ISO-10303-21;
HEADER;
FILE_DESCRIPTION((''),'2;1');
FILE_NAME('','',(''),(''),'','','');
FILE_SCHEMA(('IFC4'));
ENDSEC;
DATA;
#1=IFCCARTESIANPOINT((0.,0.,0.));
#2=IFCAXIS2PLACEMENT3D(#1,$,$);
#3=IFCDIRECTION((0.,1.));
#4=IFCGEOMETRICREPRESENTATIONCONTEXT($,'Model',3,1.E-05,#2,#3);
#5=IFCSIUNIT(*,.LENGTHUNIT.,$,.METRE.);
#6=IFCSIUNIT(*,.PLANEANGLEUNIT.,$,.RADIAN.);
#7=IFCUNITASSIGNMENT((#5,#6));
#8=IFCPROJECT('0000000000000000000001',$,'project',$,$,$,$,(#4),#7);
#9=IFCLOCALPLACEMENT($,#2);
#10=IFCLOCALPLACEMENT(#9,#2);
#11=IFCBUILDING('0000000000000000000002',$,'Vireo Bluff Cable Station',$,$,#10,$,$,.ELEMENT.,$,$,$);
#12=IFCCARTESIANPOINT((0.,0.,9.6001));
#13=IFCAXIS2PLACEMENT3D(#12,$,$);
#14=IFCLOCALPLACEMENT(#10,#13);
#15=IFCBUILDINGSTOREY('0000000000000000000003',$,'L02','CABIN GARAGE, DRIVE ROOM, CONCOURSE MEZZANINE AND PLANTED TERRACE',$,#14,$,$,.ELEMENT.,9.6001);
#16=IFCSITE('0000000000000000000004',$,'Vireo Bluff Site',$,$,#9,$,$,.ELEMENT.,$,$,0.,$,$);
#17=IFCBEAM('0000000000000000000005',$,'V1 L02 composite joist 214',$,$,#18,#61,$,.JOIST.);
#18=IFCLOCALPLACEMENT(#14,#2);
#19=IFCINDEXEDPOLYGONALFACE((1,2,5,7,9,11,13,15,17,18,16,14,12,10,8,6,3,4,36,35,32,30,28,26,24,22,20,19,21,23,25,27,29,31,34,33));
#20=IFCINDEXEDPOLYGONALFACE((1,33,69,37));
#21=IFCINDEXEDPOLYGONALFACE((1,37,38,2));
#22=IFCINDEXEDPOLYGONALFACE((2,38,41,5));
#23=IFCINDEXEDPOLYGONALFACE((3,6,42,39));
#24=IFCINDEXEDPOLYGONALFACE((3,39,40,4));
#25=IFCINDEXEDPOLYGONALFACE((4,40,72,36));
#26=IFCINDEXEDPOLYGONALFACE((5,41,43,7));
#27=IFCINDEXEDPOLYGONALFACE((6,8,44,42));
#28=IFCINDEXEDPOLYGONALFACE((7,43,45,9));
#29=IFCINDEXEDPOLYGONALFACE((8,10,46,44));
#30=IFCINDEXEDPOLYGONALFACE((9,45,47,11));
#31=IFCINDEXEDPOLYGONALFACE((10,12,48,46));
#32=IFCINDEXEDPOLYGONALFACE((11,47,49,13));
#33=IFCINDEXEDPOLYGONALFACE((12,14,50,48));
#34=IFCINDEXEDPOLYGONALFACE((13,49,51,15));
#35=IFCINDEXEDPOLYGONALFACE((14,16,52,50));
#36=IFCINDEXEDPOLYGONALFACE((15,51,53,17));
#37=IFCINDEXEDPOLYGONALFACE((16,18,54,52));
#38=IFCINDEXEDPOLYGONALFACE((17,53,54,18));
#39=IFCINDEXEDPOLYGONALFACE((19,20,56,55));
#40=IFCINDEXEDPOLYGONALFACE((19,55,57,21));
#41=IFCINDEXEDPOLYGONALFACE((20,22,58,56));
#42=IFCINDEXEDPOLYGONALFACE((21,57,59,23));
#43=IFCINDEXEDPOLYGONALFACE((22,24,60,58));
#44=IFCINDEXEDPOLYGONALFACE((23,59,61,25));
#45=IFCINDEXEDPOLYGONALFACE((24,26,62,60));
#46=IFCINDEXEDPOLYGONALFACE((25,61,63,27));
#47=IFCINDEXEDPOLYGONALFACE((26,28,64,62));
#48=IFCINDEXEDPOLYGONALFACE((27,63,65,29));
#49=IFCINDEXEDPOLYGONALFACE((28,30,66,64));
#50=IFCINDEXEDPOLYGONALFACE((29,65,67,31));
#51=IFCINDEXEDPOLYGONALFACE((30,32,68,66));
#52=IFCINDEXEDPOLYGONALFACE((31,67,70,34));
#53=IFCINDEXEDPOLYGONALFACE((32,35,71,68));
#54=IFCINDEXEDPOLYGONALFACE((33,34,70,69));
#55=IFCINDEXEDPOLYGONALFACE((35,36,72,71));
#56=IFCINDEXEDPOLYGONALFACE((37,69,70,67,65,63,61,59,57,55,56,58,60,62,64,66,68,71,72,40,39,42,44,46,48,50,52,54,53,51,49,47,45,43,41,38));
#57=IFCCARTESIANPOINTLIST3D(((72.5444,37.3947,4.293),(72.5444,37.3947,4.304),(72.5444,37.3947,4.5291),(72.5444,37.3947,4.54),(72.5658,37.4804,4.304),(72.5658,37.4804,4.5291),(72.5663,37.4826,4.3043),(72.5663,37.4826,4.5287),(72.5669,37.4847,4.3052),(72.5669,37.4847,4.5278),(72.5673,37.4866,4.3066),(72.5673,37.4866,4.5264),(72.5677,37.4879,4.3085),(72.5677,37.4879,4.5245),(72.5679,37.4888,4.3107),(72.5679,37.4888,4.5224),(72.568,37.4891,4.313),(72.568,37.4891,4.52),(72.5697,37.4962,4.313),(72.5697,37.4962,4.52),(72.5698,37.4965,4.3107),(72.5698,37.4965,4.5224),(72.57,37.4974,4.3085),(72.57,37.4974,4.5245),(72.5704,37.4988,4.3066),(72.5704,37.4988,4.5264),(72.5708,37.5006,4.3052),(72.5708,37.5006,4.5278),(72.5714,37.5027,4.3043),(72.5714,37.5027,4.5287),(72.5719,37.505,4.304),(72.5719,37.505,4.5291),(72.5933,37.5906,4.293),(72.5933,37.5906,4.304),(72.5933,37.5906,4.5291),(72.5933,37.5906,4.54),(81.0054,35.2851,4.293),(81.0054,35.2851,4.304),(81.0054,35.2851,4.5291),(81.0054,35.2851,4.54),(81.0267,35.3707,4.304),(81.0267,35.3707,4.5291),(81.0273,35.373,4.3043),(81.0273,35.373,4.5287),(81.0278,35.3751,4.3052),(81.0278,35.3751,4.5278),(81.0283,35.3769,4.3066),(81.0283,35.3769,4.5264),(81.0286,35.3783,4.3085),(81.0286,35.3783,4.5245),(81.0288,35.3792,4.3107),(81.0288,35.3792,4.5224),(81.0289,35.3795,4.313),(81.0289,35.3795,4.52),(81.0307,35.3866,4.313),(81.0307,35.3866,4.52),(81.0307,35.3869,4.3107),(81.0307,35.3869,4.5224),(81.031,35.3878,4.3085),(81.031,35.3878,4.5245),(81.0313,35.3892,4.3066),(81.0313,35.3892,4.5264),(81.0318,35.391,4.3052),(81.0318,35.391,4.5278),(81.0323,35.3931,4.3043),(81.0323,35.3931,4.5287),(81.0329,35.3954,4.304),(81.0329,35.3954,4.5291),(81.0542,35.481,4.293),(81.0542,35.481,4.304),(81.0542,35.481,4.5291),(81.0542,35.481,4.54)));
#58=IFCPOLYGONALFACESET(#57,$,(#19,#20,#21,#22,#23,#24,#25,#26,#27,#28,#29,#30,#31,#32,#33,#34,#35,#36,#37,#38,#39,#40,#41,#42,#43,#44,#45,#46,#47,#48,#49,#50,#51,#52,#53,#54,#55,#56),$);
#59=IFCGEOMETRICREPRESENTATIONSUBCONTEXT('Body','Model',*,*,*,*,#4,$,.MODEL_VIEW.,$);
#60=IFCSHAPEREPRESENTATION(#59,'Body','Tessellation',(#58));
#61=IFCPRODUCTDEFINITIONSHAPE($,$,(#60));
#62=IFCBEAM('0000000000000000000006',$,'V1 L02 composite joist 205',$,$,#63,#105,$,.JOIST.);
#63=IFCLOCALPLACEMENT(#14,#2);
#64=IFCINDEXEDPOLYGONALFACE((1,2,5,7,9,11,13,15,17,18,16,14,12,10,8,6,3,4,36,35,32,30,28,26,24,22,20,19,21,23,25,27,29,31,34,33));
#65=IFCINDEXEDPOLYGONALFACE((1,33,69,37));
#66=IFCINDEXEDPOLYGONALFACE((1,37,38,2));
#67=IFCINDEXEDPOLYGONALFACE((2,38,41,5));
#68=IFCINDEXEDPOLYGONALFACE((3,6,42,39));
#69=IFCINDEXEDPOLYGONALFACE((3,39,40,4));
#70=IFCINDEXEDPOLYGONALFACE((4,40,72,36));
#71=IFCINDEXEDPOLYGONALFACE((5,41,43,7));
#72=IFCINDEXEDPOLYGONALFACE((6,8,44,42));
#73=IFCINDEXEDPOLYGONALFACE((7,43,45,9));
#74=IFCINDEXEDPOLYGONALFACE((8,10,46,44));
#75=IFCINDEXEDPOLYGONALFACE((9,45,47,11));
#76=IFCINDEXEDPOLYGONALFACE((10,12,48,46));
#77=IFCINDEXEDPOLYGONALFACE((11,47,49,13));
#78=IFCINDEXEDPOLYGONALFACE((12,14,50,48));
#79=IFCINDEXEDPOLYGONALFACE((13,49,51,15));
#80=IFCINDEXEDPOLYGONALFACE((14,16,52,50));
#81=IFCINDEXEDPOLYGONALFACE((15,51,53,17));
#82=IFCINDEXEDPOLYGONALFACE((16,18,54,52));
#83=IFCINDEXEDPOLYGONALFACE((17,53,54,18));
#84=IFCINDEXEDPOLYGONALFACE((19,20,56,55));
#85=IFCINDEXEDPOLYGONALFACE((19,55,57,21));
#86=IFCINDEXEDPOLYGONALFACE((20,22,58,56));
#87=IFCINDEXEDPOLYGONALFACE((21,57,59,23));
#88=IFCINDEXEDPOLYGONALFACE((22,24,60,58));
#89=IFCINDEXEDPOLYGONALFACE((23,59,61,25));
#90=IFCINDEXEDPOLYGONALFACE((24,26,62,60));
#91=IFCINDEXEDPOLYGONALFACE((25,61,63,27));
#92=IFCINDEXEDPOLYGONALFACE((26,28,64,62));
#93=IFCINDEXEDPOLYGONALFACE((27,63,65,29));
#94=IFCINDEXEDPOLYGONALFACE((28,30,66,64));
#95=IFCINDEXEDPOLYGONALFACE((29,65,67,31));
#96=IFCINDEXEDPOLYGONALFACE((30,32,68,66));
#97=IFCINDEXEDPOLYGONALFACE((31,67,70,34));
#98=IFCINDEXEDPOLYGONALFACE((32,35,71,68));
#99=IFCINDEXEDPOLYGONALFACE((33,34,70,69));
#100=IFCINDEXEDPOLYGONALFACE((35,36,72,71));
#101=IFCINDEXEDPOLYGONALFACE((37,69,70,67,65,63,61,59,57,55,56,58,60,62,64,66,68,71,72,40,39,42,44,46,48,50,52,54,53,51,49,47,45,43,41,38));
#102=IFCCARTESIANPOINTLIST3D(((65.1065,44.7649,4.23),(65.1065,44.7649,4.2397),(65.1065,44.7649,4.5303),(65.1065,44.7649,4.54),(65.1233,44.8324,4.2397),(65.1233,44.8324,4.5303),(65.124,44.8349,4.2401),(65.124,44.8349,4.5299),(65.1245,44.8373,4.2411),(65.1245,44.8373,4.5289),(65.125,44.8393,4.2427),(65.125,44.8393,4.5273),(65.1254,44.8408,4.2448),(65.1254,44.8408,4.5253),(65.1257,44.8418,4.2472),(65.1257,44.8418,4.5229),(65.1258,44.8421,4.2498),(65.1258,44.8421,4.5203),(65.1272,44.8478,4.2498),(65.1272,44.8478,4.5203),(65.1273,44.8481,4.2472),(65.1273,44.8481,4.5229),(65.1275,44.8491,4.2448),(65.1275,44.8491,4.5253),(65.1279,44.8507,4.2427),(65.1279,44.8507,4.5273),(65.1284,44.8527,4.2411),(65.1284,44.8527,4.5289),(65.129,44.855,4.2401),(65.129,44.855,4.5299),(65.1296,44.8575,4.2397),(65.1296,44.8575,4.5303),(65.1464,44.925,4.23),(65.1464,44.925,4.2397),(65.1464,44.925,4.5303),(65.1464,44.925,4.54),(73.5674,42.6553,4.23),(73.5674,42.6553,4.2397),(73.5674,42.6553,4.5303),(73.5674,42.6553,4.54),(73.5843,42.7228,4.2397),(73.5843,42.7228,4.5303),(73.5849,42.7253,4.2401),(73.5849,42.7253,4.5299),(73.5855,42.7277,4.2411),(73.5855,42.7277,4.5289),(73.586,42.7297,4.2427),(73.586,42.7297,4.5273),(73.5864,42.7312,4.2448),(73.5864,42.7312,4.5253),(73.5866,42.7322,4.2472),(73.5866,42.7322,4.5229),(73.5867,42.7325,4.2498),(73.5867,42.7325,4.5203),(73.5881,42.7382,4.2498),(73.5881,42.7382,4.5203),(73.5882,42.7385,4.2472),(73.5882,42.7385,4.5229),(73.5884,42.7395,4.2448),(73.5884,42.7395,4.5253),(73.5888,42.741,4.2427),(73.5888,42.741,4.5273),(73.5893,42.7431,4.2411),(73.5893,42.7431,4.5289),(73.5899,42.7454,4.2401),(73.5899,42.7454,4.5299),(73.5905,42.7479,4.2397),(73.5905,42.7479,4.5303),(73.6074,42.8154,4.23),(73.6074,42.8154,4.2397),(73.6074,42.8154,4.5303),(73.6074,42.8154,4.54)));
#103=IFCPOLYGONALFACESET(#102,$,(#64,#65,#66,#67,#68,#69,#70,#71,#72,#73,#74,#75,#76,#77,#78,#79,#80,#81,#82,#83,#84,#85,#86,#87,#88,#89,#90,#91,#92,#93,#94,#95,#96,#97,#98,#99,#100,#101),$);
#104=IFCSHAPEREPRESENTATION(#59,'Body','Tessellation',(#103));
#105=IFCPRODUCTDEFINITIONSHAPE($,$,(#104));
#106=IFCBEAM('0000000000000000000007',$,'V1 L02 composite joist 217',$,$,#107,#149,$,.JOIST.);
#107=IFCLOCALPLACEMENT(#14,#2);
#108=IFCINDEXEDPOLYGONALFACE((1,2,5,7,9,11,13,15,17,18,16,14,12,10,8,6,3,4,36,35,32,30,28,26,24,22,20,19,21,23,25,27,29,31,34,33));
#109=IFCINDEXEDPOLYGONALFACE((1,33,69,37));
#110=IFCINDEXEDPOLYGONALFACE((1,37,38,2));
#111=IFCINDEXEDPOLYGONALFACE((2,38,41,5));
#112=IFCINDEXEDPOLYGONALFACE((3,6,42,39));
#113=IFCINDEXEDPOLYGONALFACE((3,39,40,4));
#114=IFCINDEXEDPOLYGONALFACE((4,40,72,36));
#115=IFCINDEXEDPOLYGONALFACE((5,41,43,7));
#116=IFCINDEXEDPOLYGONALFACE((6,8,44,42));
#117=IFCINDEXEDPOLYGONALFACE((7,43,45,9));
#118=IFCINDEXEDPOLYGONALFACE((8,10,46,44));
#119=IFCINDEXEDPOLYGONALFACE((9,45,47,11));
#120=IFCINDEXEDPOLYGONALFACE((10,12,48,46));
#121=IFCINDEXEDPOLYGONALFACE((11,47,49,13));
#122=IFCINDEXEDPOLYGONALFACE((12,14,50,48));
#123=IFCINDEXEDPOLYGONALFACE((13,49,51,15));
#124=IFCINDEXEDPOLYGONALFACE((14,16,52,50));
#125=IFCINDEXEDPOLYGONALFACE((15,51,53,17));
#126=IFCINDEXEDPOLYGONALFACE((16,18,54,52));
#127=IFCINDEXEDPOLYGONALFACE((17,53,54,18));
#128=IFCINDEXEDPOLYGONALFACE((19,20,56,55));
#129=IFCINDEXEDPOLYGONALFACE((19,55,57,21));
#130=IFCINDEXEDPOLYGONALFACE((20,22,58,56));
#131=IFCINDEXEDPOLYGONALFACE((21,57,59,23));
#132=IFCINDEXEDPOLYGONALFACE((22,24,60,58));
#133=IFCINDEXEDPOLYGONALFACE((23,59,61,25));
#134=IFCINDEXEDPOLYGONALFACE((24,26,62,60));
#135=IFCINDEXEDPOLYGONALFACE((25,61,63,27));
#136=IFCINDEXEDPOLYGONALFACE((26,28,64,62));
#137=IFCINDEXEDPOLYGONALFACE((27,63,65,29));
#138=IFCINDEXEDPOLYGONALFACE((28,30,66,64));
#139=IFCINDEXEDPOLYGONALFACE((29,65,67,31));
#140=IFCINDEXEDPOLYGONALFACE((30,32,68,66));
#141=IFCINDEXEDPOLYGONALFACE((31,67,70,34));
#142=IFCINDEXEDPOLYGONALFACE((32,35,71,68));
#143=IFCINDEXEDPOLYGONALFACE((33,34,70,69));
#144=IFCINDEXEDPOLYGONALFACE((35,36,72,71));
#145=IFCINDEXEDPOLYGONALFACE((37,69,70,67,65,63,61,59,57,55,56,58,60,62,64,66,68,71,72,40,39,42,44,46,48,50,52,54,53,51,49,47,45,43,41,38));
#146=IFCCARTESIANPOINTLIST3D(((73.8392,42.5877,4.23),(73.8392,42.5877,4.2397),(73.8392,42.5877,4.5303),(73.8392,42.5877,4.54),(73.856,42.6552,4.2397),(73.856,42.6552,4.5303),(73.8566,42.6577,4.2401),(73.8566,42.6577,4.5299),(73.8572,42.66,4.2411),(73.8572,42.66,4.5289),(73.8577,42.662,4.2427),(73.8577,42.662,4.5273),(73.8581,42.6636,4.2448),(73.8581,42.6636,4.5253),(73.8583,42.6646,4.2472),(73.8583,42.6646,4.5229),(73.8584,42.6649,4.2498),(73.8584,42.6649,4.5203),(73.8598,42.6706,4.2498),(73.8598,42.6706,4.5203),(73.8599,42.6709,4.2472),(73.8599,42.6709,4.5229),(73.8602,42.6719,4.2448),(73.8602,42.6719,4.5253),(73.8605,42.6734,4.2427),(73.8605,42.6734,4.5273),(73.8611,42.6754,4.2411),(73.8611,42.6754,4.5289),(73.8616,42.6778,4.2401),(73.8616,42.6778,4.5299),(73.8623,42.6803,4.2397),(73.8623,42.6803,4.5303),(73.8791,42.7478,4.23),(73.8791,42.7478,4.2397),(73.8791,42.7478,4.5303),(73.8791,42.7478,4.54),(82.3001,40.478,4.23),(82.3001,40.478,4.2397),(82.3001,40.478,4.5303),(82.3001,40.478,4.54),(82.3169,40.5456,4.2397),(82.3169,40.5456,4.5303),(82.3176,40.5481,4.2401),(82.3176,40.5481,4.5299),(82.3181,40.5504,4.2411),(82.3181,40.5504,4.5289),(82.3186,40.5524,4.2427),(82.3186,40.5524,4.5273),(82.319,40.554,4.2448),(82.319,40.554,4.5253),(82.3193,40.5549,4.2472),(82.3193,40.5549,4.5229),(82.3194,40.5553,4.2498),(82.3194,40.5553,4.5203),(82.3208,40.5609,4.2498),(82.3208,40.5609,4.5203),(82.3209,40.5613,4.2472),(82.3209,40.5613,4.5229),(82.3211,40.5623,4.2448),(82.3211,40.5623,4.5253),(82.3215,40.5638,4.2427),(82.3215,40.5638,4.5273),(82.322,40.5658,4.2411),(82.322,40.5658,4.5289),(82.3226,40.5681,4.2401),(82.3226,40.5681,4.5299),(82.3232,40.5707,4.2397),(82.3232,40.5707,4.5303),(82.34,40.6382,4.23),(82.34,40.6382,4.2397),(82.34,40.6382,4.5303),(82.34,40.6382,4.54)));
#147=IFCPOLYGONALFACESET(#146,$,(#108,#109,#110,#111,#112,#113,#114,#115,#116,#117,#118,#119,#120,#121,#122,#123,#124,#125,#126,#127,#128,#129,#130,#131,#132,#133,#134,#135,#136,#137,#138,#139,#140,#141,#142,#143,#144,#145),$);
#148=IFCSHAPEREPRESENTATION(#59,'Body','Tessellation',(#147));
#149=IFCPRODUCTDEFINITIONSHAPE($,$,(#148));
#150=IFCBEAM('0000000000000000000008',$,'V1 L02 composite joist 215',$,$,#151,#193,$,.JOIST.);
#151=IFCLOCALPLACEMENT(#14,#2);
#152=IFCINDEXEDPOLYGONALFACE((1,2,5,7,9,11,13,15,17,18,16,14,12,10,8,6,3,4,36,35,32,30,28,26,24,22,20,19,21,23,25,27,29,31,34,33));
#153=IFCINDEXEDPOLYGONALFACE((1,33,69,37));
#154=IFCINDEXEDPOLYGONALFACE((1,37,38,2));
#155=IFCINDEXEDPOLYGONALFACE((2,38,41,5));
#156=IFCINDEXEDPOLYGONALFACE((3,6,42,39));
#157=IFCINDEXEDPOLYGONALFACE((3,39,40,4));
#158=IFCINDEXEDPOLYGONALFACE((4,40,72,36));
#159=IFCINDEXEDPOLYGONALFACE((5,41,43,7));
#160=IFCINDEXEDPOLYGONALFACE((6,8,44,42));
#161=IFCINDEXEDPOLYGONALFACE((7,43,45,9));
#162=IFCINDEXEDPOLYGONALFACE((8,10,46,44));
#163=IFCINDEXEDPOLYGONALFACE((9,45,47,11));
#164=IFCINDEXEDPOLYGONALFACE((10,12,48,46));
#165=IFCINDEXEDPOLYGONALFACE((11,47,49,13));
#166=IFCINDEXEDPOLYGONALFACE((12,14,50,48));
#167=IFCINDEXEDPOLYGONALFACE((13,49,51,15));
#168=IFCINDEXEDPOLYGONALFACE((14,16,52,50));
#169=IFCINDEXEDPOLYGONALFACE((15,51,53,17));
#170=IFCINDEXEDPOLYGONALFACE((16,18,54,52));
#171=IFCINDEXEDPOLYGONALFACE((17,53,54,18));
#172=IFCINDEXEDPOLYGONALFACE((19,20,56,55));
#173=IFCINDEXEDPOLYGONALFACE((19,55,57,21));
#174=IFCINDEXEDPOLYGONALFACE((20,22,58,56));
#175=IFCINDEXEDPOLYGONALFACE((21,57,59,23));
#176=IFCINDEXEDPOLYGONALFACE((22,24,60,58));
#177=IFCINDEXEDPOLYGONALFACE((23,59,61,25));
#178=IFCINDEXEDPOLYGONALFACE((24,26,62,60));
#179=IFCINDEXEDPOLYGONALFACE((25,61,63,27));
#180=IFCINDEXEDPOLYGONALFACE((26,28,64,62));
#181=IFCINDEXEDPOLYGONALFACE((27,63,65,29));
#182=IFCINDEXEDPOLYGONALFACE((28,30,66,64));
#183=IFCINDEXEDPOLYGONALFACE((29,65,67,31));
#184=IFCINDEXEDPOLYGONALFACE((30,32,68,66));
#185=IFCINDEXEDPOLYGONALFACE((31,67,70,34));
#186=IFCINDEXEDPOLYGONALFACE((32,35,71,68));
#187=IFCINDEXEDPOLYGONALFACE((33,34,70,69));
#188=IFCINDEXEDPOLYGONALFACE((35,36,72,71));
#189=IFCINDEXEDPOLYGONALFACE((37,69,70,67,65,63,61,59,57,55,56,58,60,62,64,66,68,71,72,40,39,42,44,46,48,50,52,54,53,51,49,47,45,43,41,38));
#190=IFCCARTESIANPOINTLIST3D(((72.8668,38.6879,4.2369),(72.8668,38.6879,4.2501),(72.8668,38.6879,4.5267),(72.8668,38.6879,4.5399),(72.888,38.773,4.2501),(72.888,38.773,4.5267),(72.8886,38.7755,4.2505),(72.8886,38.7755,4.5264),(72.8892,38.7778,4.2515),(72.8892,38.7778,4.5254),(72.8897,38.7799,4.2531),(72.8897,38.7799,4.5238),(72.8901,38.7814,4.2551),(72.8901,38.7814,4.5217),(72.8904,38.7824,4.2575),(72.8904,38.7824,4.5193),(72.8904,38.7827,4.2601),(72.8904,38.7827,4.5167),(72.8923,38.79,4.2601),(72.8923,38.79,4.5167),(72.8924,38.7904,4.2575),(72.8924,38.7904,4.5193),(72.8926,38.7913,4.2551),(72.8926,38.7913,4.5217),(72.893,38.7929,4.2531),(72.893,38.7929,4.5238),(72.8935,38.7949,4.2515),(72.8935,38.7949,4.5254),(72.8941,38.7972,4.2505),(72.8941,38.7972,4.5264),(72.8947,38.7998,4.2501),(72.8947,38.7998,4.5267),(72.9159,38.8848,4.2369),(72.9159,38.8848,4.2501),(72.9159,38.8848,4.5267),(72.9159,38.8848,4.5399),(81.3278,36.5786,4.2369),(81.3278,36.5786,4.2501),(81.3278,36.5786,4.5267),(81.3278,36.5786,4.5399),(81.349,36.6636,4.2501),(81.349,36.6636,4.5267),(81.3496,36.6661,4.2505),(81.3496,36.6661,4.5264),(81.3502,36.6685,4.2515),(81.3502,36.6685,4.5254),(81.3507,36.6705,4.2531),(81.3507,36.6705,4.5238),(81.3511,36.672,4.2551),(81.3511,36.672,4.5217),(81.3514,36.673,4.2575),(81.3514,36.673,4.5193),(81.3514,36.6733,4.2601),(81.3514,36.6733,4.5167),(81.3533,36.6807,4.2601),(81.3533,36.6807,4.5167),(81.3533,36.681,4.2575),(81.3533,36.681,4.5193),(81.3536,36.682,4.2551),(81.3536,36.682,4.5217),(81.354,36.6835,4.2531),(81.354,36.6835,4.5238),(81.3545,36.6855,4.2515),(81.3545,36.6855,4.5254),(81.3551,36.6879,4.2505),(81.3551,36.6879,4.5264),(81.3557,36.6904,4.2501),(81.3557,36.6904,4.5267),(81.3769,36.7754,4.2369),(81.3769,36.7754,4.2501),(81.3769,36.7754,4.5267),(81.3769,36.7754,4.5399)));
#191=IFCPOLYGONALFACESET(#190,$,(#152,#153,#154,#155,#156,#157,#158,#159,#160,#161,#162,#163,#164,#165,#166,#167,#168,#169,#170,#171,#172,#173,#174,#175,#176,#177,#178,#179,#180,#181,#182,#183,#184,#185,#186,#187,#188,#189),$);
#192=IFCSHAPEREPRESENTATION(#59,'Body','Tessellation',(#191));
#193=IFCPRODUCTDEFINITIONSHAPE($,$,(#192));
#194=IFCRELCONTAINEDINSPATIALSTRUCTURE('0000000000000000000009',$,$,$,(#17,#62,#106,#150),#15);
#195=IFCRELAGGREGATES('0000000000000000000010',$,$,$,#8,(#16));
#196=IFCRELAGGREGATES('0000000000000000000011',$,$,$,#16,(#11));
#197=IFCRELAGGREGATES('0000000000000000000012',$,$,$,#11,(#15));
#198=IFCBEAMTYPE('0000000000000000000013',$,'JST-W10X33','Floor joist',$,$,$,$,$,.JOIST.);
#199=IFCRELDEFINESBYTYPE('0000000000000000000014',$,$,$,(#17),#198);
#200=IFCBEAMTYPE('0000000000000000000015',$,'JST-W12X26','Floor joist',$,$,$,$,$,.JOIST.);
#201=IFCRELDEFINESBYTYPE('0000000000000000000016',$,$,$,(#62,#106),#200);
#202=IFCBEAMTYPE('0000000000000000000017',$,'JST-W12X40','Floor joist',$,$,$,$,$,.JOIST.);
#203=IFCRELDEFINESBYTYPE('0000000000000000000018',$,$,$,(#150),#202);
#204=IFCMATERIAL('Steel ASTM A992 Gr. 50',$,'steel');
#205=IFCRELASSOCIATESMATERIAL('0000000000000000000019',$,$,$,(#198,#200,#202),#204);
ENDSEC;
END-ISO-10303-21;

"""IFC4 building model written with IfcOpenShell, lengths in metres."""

from ifc_helpers import new_model, si_unit, direction, frame, origin, origin_2d, place, context, subcontext, project, spatial, i_section, extrude, material, material_profile, profile_set, type_object, element, save


model = new_model("IFC4")

# Units and contexts
model_context = context("Model", 3, precision=1e-05, world=origin(), true_north=direction((0.0, 1.0)))
body_context = subcontext(model_context, "Body", "Model", "MODEL_VIEW")
ifc_project = project(units=[si_unit("LENGTHUNIT", "METRE"), si_unit("PLANEANGLEUNIT", "RADIAN")], contexts=[model_context])

# Site, building, storey
site_placement = place(None, origin())
site = spatial("IfcSite", under=ifc_project, at=site_placement, Name="Vireo Bluff Site", CompositionType="ELEMENT", RefElevation=0.0)
building_placement = place(site_placement, origin())
building = spatial("IfcBuilding", under=site, at=building_placement, Name="Vireo Bluff Cable Station", CompositionType="ELEMENT")
storey_placement = place(building_placement, frame((0.0, 0.0, 9.6001)))
storey = spatial("IfcBuildingStorey", under=building, at=storey_placement, Name="L02", Description="CABIN GARAGE, DRIVE ROOM, CONCOURSE MEZZANINE AND PLANTED TERRACE", CompositionType="ELEMENT", Elevation=9.6001)

# Shared definitions
ifc_material_1 = material(Name="Steel ASTM A992 Gr. 50", Category="steel")

# Beams
ifc_material_profile_1 = material_profile(ifc_material_1, i_section(OverallWidth=0.2019, OverallDepth=0.2471, WebThickness=0.0073, FlangeThickness=0.011, FilletRadius=0.009, at=origin_2d()), Name="W10X33")
ifc_profile_set_1 = profile_set([ifc_material_profile_1], Name="Steel ASTM A992 Gr. 50")
beam_type_1 = type_object("IfcBeamType", Name="JST-W10X33", Description="Floor joist", PredefinedType="JOIST", material=ifc_profile_set_1)
beam_1_placement = place(storey_placement, frame((72.5688, 37.4927, 4.4165), z_axis=(0.970294, -0.24193, 0.0), x_axis=(0.24193, 0.970294, 0.0)))
element("IfcBeam", 1, at=beam_1_placement, inside=storey, type_object=beam_type_1, Name="V1 L02 composite joist 214", PredefinedType="JOIST", context=body_context, shape_type="SweptSolid", body=[
    extrude(i_section(OverallWidth=0.2019, OverallDepth=0.2471, WebThickness=0.0073, FlangeThickness=0.011, FilletRadius=0.009, at=origin_2d()), origin(), (0.0, 0.0, 1.0), 8.72),
])
ifc_material_profile_2 = material_profile(ifc_material_1, i_section(OverallWidth=0.165, OverallDepth=0.3101, WebThickness=0.0059, FlangeThickness=0.0098, FilletRadius=0.01, at=origin_2d()), Name="W12X26")
ifc_profile_set_2 = profile_set([ifc_material_profile_2], Name="Steel ASTM A992 Gr. 50")
beam_type_2 = type_object("IfcBeamType", Name="JST-W12X26", Description="Floor joist", PredefinedType="JOIST", material=ifc_profile_set_2)
for number, where, z_axis, x_axis, name in (
    (2, (65.1265, 44.845, 4.385), (0.970294, -0.24193, 0.0), (0.24193, 0.970294, 0.0), "V1 L02 composite joist 205"),
    (3, (73.8591, 42.6677, 4.385), (0.970294, -0.24193, 0.0), (0.24193, 0.970294, 0.0), "V1 L02 composite joist 217"),
):
    element("IfcBeam", number, at=place(storey_placement, frame(where, z_axis=z_axis, x_axis=x_axis)), inside=storey, type_object=beam_type_2, Name=name, PredefinedType="JOIST", context=body_context, shape_type="SweptSolid", body=[
        extrude(i_section(OverallWidth=0.165, OverallDepth=0.3101, WebThickness=0.0059, FlangeThickness=0.0098, FilletRadius=0.01, at=origin_2d()), origin(), (0.0, 0.0, 1.0), 8.72),
    ])
ifc_material_profile_3 = material_profile(ifc_material_1, i_section(OverallWidth=0.2029, OverallDepth=0.303, WebThickness=0.0076, FlangeThickness=0.0132, FilletRadius=0.01, at=origin_2d()), Name="W12X40")
ifc_profile_set_3 = profile_set([ifc_material_profile_3], Name="Steel ASTM A992 Gr. 50")
beam_type_3 = type_object("IfcBeamType", Name="JST-W12X40", Description="Floor joist", PredefinedType="JOIST", material=ifc_profile_set_3)
beam_2_placement = place(storey_placement, frame((72.8914, 38.7864, 4.3884), z_axis=(0.9703, -0.241903, 0.0), x_axis=(0.241903, 0.9703, 0.0)))
element("IfcBeam", 4, at=beam_2_placement, inside=storey, type_object=beam_type_3, Name="V1 L02 composite joist 215", PredefinedType="JOIST", context=body_context, shape_type="SweptSolid", body=[
    extrude(i_section(OverallWidth=0.2029, OverallDepth=0.303, WebThickness=0.0076, FlangeThickness=0.0132, FilletRadius=0.01, at=origin_2d()), origin(), (0.0, 0.0, 1.0), 8.72),
])

save(model, "model.ifc")
